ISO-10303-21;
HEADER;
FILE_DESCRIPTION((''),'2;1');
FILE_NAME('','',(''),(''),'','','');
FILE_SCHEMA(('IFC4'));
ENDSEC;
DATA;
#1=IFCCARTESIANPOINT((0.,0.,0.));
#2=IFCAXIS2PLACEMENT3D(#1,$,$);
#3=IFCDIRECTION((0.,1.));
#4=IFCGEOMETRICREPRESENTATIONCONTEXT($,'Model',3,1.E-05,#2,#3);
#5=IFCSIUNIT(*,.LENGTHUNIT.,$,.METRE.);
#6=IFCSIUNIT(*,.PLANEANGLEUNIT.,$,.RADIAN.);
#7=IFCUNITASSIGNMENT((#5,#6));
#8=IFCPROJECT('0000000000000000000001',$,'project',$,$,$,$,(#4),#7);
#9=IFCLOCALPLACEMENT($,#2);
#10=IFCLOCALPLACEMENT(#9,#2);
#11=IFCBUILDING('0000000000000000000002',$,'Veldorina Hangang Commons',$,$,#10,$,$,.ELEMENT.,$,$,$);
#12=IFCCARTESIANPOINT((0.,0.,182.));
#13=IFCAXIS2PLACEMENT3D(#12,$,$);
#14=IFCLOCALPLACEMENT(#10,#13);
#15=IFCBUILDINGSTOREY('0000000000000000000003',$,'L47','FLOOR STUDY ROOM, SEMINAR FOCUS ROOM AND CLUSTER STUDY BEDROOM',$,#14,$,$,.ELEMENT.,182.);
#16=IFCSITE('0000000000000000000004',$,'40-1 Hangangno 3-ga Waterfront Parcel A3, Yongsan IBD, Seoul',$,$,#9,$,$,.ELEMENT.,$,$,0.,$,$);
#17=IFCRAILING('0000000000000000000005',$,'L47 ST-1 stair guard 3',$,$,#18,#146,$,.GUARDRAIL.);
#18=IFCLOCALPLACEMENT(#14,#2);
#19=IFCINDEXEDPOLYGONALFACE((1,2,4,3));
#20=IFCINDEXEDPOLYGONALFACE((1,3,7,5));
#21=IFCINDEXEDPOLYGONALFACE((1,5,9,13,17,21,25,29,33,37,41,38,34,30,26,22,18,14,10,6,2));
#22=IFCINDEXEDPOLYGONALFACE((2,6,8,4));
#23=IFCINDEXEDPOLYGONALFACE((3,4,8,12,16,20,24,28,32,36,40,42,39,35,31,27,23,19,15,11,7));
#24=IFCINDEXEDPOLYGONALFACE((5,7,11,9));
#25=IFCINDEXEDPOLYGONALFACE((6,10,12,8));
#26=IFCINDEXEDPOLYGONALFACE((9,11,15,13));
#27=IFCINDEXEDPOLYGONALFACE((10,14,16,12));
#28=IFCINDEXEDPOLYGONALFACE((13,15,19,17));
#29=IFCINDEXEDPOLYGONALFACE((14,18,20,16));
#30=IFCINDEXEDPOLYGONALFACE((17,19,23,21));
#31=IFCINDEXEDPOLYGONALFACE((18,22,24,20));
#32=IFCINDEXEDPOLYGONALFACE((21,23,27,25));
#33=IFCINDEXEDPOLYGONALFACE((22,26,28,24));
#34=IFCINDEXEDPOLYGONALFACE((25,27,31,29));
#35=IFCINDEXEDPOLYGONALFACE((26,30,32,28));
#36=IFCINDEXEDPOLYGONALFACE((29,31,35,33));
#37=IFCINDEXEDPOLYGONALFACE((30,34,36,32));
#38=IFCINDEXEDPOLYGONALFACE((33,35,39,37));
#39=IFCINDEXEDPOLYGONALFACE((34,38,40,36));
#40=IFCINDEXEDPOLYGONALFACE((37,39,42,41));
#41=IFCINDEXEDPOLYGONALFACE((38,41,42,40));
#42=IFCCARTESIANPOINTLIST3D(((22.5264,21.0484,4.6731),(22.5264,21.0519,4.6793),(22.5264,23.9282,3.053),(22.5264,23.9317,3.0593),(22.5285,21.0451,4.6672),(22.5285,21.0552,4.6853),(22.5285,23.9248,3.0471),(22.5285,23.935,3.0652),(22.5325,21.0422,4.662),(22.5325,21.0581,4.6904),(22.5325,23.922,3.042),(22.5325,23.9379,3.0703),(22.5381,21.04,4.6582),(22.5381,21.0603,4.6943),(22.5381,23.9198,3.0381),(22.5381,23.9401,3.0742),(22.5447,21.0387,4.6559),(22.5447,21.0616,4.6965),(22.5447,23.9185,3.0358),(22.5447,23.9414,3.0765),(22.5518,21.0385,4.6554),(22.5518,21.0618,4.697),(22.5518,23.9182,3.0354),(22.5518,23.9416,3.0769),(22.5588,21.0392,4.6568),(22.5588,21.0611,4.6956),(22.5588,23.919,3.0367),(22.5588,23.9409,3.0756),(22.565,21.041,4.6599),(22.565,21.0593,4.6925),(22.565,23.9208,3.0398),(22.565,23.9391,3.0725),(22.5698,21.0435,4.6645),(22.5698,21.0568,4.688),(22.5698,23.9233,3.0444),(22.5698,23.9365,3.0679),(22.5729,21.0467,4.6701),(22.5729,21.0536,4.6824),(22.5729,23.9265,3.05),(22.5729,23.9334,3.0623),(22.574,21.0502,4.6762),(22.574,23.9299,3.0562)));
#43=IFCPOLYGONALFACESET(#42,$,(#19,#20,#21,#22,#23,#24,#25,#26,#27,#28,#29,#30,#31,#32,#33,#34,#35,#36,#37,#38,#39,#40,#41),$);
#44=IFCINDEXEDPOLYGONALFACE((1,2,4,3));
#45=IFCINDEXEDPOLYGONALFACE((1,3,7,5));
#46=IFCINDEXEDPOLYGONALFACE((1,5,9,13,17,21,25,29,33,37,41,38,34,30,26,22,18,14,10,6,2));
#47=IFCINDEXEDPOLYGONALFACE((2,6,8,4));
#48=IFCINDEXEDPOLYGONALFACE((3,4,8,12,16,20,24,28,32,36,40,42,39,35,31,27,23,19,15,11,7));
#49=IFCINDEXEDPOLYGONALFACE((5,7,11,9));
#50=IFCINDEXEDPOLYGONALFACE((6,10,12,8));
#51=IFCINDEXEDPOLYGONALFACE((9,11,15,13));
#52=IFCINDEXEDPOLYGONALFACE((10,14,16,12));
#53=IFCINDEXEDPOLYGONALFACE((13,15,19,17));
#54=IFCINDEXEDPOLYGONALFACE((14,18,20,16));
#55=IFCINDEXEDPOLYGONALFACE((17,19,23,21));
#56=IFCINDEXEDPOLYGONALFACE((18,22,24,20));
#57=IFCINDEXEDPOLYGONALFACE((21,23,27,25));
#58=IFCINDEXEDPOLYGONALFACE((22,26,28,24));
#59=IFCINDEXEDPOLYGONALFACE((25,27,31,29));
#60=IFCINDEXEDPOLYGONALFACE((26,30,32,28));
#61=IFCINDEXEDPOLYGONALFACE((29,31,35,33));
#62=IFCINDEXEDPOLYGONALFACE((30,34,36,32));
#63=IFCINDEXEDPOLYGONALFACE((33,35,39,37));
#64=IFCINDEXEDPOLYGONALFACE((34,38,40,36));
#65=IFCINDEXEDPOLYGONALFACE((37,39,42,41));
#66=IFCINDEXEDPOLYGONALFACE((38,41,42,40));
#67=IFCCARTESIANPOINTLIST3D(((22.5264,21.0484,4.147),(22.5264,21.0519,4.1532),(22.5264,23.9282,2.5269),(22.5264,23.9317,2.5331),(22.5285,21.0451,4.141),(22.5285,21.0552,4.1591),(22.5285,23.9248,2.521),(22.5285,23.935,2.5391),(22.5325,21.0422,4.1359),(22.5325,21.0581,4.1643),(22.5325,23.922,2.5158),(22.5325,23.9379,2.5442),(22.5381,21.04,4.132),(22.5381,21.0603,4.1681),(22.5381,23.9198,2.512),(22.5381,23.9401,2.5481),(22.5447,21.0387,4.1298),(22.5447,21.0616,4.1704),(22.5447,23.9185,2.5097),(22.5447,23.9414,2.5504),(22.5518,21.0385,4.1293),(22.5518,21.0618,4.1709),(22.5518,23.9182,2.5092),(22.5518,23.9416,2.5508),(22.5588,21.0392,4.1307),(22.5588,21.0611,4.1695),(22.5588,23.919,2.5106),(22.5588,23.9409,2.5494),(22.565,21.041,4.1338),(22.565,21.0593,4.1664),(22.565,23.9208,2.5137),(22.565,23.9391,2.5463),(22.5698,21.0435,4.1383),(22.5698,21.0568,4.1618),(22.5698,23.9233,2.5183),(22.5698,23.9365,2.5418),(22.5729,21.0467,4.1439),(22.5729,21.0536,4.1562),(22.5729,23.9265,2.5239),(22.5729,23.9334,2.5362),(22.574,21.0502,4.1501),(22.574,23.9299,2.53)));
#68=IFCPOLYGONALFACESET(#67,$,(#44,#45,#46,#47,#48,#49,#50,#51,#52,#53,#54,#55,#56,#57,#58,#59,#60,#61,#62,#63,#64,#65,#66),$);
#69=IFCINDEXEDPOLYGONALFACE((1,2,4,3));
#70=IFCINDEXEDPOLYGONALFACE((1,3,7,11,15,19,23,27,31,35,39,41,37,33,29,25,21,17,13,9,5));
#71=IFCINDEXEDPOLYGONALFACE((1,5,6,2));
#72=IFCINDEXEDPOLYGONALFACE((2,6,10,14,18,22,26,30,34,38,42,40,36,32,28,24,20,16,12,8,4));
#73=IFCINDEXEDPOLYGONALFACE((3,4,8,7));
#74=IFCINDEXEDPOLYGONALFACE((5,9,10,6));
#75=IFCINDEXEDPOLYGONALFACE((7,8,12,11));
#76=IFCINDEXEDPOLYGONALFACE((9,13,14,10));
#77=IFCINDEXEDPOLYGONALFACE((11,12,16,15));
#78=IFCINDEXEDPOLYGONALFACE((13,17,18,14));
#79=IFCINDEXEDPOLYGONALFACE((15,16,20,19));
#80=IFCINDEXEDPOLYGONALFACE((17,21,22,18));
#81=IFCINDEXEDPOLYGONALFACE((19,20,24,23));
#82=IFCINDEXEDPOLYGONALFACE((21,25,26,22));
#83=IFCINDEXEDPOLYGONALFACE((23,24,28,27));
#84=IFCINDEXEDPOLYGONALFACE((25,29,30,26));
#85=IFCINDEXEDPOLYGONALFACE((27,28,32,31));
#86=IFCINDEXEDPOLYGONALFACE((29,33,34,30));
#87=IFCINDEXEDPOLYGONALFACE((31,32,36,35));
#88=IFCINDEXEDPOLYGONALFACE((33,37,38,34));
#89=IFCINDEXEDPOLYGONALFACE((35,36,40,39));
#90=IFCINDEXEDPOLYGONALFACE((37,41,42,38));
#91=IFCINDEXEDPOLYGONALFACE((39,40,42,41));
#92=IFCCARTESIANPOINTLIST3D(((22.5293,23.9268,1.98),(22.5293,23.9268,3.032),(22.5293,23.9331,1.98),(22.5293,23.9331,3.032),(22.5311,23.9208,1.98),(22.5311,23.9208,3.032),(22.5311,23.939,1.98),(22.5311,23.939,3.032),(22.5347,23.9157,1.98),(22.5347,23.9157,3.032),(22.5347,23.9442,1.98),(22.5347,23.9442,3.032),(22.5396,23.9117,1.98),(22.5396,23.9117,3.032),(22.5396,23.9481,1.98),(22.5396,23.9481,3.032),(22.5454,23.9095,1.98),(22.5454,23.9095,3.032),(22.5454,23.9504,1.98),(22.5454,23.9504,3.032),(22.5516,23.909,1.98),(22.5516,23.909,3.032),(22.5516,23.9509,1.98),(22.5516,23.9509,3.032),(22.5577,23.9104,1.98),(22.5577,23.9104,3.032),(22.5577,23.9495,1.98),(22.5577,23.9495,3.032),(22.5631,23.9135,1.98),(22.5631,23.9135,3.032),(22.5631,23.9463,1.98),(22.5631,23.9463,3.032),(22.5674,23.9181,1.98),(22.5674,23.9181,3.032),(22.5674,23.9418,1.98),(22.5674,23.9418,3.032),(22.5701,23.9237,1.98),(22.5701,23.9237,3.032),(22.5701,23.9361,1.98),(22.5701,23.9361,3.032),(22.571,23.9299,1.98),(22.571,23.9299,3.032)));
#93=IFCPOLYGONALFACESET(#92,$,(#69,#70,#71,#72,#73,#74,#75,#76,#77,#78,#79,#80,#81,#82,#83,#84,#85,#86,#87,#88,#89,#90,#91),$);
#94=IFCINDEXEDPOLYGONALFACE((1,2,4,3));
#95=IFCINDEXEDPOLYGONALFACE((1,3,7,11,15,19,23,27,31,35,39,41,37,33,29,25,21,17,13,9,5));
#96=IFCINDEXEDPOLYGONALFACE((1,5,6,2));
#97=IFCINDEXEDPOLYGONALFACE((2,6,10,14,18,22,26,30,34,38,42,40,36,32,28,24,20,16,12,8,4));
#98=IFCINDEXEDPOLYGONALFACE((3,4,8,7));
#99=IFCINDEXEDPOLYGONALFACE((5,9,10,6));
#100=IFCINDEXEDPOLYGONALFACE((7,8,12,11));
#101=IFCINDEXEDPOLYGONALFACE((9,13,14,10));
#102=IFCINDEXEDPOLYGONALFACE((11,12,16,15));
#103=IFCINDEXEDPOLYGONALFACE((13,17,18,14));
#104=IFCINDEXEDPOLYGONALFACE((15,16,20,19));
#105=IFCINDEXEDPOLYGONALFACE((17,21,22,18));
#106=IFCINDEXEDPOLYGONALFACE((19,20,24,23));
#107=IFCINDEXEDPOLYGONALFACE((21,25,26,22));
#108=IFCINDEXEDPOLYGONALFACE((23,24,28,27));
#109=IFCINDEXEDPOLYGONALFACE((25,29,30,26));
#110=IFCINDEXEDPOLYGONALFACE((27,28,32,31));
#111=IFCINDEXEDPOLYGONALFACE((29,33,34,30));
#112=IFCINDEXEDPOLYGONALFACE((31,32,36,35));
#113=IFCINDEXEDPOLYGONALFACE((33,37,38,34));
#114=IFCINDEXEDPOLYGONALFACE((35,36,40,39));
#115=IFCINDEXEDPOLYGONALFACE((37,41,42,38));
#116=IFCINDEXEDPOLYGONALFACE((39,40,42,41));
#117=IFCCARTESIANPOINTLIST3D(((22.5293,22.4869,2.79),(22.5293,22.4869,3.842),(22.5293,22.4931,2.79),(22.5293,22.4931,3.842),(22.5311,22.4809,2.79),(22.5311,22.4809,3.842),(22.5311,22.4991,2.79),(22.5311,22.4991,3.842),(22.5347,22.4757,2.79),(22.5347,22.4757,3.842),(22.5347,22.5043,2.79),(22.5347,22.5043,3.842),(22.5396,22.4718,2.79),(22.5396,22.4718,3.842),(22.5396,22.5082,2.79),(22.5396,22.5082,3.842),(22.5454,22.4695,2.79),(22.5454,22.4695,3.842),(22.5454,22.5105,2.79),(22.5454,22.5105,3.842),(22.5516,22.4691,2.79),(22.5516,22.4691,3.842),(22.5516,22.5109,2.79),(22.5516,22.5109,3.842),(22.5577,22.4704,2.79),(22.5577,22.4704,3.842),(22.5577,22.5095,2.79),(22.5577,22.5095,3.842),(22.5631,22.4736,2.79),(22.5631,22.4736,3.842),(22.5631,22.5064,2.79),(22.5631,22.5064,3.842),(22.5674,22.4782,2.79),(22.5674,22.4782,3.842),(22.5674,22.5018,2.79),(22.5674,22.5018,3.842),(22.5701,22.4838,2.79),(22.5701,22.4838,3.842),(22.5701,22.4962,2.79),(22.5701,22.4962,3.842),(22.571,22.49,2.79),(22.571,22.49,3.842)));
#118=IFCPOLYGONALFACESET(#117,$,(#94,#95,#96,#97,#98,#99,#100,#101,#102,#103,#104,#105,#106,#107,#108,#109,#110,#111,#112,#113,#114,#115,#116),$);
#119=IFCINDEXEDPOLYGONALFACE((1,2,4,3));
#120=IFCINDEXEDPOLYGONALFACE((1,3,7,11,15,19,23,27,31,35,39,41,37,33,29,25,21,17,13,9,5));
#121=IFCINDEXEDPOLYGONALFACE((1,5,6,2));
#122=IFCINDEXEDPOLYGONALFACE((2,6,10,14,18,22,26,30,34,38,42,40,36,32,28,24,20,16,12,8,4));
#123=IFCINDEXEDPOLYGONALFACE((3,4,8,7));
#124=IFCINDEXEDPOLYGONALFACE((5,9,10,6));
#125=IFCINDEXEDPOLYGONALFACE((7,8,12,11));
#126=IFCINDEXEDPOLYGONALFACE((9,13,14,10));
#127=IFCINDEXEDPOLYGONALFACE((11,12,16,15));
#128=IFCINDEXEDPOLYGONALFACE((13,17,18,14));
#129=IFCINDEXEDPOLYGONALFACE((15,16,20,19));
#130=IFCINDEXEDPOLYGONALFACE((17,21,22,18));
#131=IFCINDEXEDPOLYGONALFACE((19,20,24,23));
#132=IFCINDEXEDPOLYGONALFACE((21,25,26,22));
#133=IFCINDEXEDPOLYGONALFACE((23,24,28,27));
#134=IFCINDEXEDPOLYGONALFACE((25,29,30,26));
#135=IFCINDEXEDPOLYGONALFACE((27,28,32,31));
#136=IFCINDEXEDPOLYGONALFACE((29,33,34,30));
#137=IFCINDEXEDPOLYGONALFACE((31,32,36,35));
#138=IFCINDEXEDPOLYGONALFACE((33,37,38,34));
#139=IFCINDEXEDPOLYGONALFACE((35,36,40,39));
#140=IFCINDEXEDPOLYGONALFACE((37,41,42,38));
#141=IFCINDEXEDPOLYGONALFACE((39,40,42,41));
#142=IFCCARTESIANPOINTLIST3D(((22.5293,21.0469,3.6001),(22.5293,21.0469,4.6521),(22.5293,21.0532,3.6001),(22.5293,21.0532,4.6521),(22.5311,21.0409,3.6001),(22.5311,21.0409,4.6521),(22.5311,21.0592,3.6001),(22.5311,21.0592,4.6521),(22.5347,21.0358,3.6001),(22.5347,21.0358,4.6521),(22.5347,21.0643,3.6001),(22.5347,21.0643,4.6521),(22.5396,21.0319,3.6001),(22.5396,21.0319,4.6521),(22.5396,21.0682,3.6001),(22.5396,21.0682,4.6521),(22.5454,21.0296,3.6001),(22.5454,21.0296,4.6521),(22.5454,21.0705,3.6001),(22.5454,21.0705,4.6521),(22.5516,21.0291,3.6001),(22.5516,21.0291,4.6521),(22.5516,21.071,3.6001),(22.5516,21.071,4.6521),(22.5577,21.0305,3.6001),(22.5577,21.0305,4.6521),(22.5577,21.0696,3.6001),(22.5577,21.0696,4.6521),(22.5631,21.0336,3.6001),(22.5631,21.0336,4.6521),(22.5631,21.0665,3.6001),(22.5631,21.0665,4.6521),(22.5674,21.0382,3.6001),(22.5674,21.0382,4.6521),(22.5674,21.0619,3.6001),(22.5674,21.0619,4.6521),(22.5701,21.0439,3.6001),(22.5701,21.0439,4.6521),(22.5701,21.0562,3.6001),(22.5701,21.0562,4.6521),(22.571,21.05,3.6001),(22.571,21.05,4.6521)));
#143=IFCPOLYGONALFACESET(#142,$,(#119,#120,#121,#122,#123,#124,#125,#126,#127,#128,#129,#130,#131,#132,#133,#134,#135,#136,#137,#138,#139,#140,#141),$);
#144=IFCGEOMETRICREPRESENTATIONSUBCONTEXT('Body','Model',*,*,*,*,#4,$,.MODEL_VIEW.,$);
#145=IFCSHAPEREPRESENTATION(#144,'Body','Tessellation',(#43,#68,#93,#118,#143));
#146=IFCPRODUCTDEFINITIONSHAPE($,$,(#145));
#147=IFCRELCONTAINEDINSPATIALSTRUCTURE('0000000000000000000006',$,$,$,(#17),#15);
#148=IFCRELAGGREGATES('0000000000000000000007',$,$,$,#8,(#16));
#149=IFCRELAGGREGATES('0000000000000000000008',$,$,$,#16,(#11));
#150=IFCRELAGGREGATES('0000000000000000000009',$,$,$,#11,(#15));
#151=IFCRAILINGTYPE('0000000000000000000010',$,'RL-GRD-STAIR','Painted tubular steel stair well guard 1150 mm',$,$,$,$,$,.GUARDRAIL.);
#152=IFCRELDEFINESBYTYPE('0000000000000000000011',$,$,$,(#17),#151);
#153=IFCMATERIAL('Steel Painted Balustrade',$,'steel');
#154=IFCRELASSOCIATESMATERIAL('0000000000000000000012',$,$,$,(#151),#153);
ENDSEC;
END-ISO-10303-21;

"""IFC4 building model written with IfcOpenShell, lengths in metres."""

from ifc_helpers import new_model, si_unit, direction, frame, origin, origin_2d, place, context, subcontext, project, spatial, circle, extrude, material, type_object, element, save


model = new_model("IFC4")

# Units and contexts
model_context = context("Model", 3, precision=1e-05, world=origin(), true_north=direction((0.0, 1.0)))
body_context = subcontext(model_context, "Body", "Model", "MODEL_VIEW")
ifc_project = project(units=[si_unit("LENGTHUNIT", "METRE"), si_unit("PLANEANGLEUNIT", "RADIAN")], contexts=[model_context])

# Site, building, storey
site_placement = place(None, origin())
site = spatial("IfcSite", under=ifc_project, at=site_placement, Name="40-1 Hangangno 3-ga Waterfront Parcel A3, Yongsan IBD, Seoul", CompositionType="ELEMENT", RefElevation=0.0)
building_placement = place(site_placement, origin())
building = spatial("IfcBuilding", under=site, at=building_placement, Name="Veldorina Hangang Commons", CompositionType="ELEMENT")
storey_placement = place(building_placement, frame((0.0, 0.0, 182.0)))
storey = spatial("IfcBuildingStorey", under=building, at=storey_placement, Name="L47", Description="FLOOR STUDY ROOM, SEMINAR FOCUS ROOM AND CLUSTER STUDY BEDROOM", CompositionType="ELEMENT", Elevation=182.0)

# Railing
ifc_material_1 = material(Name="Steel Painted Balustrade", Category="steel")
railing_type = type_object("IfcRailingType", Name="RL-GRD-STAIR", Description="Painted tubular steel stair well guard 1150 mm", PredefinedType="GUARDRAIL", material=ifc_material_1)
railing_1_placement = place(storey_placement, frame((22.55, 23.9299, 1.98)))
element("IfcRailing", 1, at=railing_1_placement, inside=storey, type_object=railing_type, Name="L47 ST-1 stair guard 3", PredefinedType="GUARDRAIL", context=body_context, shape_type="SweptSolid", body=[
    extrude(circle(Radius=0.0239, at=origin_2d()), frame((0.0, 0.0, 1.0762), z_axis=(0.0, -0.871552, 0.490303), x_axis=(1.0, 0.0, 0.0)), (0.0, 0.0, 1.0), 3.3042),
    extrude(circle(Radius=0.0239, at=origin_2d()), frame((0.0, 0.0, 0.55), z_axis=(0.0, -0.871552, 0.490303), x_axis=(1.0, 0.0, 0.0)), (0.0, 0.0, 1.0), 3.3042),
    extrude(circle(Radius=0.021, at=origin_2d()), origin(), (0.0, 0.0, 1.0), 1.052),
    extrude(circle(Radius=0.021, at=origin_2d()), frame((0.0, -1.4399, 0.8101)), (0.0, 0.0, 1.0), 1.052),
    extrude(circle(Radius=0.021, at=origin_2d()), frame((0.0, -2.8799, 1.6201)), (0.0, 0.0, 1.0), 1.052),
])

save(model, "model.ifc")
